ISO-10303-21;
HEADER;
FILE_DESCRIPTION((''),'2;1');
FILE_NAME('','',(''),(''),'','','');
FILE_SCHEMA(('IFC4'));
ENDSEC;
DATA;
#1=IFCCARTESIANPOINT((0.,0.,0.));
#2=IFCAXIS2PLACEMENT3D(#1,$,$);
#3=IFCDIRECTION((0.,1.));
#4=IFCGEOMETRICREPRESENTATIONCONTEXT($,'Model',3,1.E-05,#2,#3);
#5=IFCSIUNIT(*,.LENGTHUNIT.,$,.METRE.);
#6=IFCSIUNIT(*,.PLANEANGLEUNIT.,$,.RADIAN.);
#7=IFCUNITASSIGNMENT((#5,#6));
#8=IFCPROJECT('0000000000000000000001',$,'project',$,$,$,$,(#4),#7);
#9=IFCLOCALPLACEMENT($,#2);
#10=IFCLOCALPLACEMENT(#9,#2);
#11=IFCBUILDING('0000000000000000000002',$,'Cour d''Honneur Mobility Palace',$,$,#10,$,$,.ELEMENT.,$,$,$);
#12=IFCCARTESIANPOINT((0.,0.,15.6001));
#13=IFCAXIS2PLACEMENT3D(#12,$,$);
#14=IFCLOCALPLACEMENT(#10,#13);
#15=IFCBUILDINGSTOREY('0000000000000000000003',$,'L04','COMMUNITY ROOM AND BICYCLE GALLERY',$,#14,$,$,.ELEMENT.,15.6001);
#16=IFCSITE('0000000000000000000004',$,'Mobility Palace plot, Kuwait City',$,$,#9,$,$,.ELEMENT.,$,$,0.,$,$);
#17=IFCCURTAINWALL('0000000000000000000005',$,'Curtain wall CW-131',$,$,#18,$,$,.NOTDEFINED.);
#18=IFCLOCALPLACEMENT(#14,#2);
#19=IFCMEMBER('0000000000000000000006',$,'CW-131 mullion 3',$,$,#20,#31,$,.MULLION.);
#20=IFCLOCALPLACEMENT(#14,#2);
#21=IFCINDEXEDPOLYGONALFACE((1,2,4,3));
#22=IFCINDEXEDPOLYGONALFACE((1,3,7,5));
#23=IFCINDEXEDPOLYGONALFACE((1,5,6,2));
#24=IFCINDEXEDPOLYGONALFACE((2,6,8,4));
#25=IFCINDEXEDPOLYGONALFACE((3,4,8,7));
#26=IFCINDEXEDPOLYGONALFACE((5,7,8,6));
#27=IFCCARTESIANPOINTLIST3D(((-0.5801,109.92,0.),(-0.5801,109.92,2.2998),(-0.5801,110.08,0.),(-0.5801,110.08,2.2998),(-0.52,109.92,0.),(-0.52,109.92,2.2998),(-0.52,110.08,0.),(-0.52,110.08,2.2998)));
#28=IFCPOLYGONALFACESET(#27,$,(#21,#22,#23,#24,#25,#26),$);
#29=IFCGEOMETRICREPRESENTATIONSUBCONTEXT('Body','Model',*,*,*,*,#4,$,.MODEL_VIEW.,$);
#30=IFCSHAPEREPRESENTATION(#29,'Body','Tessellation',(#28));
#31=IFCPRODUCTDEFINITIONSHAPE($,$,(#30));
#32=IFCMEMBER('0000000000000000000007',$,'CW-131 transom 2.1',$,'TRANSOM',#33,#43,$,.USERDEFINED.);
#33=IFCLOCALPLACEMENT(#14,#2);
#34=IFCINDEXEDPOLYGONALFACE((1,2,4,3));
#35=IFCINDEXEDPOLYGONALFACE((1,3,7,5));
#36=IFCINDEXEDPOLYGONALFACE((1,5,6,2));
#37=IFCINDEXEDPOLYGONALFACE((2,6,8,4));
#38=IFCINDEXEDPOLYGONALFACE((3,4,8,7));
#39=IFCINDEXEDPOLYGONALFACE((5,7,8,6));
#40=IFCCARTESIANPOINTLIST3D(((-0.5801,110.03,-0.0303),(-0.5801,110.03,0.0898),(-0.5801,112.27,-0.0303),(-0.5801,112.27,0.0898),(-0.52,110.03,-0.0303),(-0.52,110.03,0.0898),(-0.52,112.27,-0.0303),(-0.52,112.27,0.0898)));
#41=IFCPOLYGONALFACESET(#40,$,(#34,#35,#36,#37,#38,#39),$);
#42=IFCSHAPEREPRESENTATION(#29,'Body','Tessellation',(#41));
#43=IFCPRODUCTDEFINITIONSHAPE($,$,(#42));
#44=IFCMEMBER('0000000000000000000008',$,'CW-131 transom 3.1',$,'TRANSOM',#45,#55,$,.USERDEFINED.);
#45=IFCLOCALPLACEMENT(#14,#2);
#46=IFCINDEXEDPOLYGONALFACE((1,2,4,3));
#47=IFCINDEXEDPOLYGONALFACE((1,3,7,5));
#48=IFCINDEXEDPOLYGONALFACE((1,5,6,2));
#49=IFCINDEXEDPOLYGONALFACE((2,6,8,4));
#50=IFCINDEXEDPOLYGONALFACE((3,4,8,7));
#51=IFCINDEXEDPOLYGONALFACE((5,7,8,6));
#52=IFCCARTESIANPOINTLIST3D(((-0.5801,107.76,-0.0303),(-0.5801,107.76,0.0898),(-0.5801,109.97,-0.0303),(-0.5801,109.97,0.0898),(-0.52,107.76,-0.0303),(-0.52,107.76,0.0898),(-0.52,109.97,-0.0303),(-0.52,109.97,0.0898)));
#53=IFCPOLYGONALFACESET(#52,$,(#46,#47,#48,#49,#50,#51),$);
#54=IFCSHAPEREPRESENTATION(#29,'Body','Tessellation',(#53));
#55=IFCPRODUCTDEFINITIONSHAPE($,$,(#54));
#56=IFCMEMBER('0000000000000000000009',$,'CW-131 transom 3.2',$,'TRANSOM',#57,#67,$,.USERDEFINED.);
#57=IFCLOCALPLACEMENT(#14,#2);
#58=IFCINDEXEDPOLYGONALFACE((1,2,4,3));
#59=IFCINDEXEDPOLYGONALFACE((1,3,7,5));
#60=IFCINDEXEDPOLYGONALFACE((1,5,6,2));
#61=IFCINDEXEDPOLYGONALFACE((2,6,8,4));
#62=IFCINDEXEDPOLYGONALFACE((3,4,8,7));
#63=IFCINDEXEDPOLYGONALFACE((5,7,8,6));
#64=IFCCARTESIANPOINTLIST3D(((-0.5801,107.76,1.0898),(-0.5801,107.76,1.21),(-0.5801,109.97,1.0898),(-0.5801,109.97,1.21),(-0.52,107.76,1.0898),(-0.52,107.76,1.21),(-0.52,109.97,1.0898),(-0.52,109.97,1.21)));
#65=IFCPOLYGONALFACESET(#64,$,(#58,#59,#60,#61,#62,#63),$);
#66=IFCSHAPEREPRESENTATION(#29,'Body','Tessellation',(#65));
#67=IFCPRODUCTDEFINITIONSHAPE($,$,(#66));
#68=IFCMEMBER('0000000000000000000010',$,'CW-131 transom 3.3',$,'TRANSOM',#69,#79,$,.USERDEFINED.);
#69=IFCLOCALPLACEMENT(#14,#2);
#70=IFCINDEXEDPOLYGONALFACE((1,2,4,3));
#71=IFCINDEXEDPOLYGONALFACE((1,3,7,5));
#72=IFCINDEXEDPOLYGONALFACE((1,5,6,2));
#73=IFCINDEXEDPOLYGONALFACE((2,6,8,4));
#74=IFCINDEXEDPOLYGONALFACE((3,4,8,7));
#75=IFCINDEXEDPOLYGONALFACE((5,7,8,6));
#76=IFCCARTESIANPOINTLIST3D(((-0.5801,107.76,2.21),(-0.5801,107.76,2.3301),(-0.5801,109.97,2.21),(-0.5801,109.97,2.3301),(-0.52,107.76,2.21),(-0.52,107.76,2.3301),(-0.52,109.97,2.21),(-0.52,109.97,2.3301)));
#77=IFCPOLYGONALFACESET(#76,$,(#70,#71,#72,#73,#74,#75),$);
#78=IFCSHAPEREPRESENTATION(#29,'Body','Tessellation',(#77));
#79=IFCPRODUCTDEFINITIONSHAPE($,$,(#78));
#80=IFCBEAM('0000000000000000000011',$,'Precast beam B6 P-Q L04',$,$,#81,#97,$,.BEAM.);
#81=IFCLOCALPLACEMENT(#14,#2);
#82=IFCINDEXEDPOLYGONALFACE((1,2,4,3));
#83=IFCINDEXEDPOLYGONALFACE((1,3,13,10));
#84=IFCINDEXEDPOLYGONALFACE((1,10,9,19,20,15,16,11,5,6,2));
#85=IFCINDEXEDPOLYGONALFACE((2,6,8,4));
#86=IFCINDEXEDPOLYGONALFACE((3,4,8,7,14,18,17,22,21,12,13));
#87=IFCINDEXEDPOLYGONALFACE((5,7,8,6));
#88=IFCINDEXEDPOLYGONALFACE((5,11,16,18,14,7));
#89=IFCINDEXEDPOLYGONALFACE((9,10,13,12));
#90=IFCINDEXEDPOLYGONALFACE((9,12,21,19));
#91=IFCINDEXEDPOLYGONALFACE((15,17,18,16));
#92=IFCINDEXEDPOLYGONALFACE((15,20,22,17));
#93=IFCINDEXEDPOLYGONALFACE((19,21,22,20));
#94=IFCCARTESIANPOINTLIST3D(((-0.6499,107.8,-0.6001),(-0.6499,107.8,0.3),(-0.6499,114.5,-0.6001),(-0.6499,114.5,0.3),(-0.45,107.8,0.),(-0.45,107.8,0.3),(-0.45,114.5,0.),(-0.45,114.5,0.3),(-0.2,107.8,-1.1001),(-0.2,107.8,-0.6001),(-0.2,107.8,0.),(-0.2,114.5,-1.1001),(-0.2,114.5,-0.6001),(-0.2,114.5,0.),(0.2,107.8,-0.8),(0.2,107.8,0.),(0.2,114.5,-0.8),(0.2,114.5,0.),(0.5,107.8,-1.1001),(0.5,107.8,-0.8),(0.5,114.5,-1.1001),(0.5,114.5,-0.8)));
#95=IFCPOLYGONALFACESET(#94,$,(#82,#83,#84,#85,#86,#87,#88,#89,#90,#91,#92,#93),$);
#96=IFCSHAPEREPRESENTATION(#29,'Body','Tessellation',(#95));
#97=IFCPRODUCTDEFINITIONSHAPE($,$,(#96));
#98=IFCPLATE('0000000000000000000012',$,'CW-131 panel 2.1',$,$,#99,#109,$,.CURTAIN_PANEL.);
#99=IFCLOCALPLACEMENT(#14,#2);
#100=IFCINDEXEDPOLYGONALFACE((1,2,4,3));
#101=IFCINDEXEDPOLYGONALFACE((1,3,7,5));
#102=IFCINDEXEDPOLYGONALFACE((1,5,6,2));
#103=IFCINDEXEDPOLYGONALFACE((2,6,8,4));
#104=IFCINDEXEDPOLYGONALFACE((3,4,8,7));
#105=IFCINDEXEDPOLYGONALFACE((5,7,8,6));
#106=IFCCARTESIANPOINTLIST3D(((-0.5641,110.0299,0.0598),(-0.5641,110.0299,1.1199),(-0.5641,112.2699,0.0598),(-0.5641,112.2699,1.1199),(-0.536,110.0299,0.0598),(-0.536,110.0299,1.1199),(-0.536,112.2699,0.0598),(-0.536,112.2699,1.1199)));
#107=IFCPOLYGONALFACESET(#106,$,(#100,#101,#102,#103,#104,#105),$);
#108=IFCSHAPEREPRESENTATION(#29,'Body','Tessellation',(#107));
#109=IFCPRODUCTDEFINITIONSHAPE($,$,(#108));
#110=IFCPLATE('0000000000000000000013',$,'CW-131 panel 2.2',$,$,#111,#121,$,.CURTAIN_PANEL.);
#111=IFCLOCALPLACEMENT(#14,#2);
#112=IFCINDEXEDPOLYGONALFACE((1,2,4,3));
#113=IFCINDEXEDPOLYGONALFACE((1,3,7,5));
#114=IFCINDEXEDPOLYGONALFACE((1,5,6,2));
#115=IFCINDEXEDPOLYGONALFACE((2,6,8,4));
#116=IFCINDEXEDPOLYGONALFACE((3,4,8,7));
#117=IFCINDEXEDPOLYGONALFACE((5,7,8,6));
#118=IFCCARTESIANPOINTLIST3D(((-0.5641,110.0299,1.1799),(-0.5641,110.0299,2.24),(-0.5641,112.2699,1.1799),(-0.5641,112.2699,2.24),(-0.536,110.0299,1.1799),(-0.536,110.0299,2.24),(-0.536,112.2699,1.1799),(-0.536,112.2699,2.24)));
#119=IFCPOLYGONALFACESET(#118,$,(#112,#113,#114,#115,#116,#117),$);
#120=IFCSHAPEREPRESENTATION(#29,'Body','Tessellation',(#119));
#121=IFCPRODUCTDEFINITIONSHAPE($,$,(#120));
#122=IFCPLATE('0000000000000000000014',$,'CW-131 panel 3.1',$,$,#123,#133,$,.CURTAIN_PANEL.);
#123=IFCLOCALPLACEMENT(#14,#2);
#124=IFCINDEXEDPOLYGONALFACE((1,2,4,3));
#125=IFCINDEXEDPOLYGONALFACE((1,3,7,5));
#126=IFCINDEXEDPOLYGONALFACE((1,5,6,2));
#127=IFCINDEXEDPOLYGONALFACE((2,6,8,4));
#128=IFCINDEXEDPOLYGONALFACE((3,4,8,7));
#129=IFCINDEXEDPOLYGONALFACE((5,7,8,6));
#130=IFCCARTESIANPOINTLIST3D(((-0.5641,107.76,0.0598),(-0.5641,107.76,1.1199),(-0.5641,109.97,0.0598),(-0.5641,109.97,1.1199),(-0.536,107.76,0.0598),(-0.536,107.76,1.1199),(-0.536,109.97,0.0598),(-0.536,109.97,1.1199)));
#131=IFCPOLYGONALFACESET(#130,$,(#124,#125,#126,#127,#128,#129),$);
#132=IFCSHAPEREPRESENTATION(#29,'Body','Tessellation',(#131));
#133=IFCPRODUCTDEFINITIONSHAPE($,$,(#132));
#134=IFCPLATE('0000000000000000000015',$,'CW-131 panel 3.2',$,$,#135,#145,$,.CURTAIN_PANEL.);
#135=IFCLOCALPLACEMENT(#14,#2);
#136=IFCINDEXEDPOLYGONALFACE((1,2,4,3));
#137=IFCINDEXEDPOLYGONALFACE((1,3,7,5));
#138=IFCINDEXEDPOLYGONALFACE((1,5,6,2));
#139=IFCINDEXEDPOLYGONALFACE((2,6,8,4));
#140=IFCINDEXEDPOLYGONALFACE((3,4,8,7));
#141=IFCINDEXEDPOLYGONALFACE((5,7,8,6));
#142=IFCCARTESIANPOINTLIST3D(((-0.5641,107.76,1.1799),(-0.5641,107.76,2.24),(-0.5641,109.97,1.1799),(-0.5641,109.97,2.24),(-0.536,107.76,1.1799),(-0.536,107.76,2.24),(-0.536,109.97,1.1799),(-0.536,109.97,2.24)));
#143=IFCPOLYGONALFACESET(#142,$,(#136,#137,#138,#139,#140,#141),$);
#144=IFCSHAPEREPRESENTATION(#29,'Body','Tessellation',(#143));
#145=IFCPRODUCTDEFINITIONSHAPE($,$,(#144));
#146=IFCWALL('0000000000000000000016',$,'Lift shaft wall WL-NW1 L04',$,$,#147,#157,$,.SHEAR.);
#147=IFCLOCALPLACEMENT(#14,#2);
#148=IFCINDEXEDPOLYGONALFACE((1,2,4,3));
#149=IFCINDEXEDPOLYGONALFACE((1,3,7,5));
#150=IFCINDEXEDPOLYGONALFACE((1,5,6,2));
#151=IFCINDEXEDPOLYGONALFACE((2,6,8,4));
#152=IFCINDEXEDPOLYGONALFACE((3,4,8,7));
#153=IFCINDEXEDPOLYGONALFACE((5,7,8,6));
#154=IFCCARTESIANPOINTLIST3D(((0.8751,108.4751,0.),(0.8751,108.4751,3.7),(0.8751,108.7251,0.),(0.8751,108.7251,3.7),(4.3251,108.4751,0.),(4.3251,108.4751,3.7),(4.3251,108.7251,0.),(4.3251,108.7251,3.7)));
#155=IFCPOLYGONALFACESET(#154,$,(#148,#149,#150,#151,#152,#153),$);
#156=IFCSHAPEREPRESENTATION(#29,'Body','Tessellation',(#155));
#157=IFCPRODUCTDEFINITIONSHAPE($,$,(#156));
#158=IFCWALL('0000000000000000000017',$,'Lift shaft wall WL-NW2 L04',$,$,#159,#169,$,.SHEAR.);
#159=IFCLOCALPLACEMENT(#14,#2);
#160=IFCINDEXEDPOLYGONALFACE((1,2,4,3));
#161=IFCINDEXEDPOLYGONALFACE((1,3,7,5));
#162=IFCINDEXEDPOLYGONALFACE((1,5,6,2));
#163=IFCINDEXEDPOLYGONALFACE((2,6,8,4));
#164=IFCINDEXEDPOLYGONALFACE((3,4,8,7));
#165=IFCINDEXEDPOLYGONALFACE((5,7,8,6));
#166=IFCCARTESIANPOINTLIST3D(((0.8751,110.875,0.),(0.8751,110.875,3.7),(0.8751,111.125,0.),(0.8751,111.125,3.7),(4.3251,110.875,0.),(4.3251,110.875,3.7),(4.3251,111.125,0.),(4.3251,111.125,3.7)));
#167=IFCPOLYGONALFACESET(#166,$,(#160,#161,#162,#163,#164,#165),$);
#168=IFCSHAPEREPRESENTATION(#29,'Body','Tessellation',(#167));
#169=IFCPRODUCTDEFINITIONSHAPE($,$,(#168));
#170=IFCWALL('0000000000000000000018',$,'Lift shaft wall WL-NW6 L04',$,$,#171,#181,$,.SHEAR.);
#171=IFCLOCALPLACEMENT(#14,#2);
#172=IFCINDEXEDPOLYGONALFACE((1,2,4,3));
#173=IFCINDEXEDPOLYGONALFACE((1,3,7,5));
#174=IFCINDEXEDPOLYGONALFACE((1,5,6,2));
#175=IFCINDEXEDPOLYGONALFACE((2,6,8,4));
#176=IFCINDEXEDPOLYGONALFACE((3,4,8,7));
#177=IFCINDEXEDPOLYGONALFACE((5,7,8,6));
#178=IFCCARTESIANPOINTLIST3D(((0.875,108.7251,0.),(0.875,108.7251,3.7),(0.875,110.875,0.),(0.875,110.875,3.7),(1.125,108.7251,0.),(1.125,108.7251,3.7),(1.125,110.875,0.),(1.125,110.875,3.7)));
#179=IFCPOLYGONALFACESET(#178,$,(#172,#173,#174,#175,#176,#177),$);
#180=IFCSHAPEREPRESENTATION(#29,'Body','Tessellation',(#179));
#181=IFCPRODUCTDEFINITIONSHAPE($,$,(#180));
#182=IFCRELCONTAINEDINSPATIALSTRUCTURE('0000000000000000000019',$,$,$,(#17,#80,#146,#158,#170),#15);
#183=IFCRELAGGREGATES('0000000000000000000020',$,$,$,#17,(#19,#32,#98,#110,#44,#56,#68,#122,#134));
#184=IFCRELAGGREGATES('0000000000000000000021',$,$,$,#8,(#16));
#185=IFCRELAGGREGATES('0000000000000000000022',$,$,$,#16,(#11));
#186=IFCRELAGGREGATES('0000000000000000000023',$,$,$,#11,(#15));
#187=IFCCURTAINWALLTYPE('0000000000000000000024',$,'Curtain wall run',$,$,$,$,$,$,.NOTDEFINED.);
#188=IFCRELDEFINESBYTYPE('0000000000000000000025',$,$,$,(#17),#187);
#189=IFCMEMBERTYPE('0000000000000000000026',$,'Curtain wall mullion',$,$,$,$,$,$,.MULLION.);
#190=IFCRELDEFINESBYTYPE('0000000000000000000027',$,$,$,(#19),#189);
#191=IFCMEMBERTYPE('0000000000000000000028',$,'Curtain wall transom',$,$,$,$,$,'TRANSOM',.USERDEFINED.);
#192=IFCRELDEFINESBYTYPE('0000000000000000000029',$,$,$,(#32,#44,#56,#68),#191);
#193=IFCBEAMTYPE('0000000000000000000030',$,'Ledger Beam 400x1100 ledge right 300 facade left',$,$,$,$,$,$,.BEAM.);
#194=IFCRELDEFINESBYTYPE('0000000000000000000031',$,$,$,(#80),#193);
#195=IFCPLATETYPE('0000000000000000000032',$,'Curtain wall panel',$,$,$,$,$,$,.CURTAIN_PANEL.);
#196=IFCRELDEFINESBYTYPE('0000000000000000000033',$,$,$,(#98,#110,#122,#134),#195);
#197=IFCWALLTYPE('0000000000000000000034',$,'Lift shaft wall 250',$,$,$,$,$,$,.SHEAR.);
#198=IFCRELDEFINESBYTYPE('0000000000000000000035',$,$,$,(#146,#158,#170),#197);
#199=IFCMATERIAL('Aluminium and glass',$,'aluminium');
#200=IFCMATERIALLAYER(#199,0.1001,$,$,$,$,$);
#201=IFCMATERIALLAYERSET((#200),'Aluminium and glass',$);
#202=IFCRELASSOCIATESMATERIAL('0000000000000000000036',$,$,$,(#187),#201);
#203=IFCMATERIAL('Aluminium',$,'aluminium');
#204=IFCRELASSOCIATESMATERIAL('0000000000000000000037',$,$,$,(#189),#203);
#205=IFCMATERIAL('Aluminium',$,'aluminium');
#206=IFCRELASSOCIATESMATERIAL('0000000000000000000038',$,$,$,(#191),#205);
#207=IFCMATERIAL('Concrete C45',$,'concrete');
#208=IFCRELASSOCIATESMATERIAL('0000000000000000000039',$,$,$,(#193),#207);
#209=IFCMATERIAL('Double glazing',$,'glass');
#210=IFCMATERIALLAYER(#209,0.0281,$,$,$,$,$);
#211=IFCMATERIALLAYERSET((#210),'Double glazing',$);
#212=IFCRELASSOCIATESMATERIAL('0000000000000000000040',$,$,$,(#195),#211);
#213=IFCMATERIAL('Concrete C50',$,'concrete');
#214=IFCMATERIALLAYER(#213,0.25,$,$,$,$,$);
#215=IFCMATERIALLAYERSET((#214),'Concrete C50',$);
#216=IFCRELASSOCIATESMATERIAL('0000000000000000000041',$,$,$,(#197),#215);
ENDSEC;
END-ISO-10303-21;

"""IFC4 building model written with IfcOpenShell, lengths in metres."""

from ifc_helpers import new_model, si_unit, direction, frame, frame_2d, origin, origin_2d, place, context, subcontext, project, spatial, polyline, rectangle, outline, extrude, material, layer, layer_set, material_profile, profile_set, type_object, element, aggregate, save


model = new_model("IFC4")

# Units and contexts
model_context = context("Model", 3, precision=1e-05, world=origin(), true_north=direction((0.0, 1.0)))
body_context = subcontext(model_context, "Body", "Model", "MODEL_VIEW")
ifc_project = project(units=[si_unit("LENGTHUNIT", "METRE"), si_unit("PLANEANGLEUNIT", "RADIAN")], contexts=[model_context])

# Site, building, storey
site_placement = place(None, origin())
site = spatial("IfcSite", under=ifc_project, at=site_placement, Name="Mobility Palace plot, Kuwait City", CompositionType="ELEMENT", RefElevation=0.0)
building_placement = place(site_placement, origin())
building = spatial("IfcBuilding", under=site, at=building_placement, Name="Cour d'Honneur Mobility Palace", CompositionType="ELEMENT")
storey_placement = place(building_placement, frame((0.0, 0.0, 15.6001)))
storey = spatial("IfcBuildingStorey", under=building, at=storey_placement, Name="L04", Description="COMMUNITY ROOM AND BICYCLE GALLERY", CompositionType="ELEMENT", Elevation=15.6001)

# Curtain wall, members
ifc_material_1 = material(Name="Aluminium and glass", Category="aluminium")
ifc_layer_1 = layer(ifc_material_1, 0.1001)
ifc_layer_set_1 = layer_set([ifc_layer_1], Name="Aluminium and glass")
curtain_wall_type = type_object("IfcCurtainWallType", Name="Curtain wall run", PredefinedType="NOTDEFINED", material=ifc_layer_set_1)
curtain_wall_placement = place(storey_placement, origin())
curtain_wall = element("IfcCurtainWall", 1, at=curtain_wall_placement, inside=storey, type_object=curtain_wall_type, Name="Curtain wall CW-131", PredefinedType="NOTDEFINED")
ifc_material_2 = material(Name="Aluminium", Category="aluminium")
ifc_material_profile_1 = material_profile(ifc_material_2, rectangle(XDim=0.0601, YDim=0.1599, at=origin_2d()), Name="Curtain wall mullion")
ifc_profile_set_1 = profile_set([ifc_material_profile_1], Name="Aluminium")
member_type_1 = type_object("IfcMemberType", Name="Curtain wall mullion", PredefinedType="MULLION", material=ifc_profile_set_1)
member_1_placement = place(storey_placement, frame((-0.55, 110.0, 0.0), z_axis=(0.0, 0.0, 1.0), x_axis=(1.0, 0.0, 0.0)))
member_1 = element("IfcMember", 2, at=member_1_placement, type_object=member_type_1, Name="CW-131 mullion 3", PredefinedType="MULLION", context=body_context, shape_type="SweptSolid", body=[
    extrude(rectangle(XDim=0.0601, YDim=0.1599, at=origin_2d()), origin(), (0.0, 0.0, 1.0), 2.2998),
])
ifc_material_3 = material(Name="Aluminium", Category="aluminium")
ifc_material_profile_2 = material_profile(ifc_material_3, rectangle(XDim=0.0601, YDim=0.1201, at=origin_2d()), Name="Curtain wall transom")
ifc_profile_set_2 = profile_set([ifc_material_profile_2], Name="Aluminium")
member_type_2 = type_object("IfcMemberType", Name="Curtain wall transom", ElementType="TRANSOM", PredefinedType="USERDEFINED", material=ifc_profile_set_2)
member_2_placement = place(storey_placement, frame((-0.55, 112.27, 0.0298), z_axis=(0.0, -1.0, 0.0), x_axis=(1.0, 0.0, 0.0)))
member_2 = element("IfcMember", 3, at=member_2_placement, type_object=member_type_2, Name="CW-131 transom 2.1", ObjectType="TRANSOM", PredefinedType="USERDEFINED", context=body_context, shape_type="SweptSolid", body=[
    extrude(rectangle(XDim=0.0601, YDim=0.1201, at=origin_2d()), origin(), (0.0, 0.0, 1.0), 2.24),
])
member_3_placement = place(storey_placement, frame((-0.55, 109.97, 0.0298), z_axis=(0.0, -1.0, 0.0), x_axis=(1.0, 0.0, 0.0)))
member_3 = element("IfcMember", 4, at=member_3_placement, type_object=member_type_2, Name="CW-131 transom 3.1", ObjectType="TRANSOM", PredefinedType="USERDEFINED", context=body_context, shape_type="SweptSolid", body=[
    extrude(rectangle(XDim=0.0601, YDim=0.1201, at=origin_2d()), origin(), (0.0, 0.0, 1.0), 2.21),
])
member_4_placement = place(storey_placement, frame((-0.55, 109.97, 1.1499), z_axis=(0.0, -1.0, 0.0), x_axis=(1.0, 0.0, 0.0)))
member_4 = element("IfcMember", 5, at=member_4_placement, type_object=member_type_2, Name="CW-131 transom 3.2", ObjectType="TRANSOM", PredefinedType="USERDEFINED", context=body_context, shape_type="SweptSolid", body=[
    extrude(rectangle(XDim=0.0601, YDim=0.1201, at=origin_2d()), origin(), (0.0, 0.0, 1.0), 2.21),
])
member_5_placement = place(storey_placement, frame((-0.55, 109.97, 2.27), z_axis=(0.0, -1.0, 0.0), x_axis=(1.0, 0.0, 0.0)))
member_5 = element("IfcMember", 6, at=member_5_placement, type_object=member_type_2, Name="CW-131 transom 3.3", ObjectType="TRANSOM", PredefinedType="USERDEFINED", context=body_context, shape_type="SweptSolid", body=[
    extrude(rectangle(XDim=0.0601, YDim=0.1201, at=origin_2d()), origin(), (0.0, 0.0, 1.0), 2.21),
])

# Beam
ifc_material_4 = material(Name="Concrete C45", Category="concrete")
ifc_material_profile_3 = material_profile(ifc_material_4, outline(polyline([(0.2, -1.1001), (0.2, -0.6001), (0.6499, -0.6001), (0.6499, 0.3), (0.45, 0.3), (0.45, 0.0), (0.2, 0.0), (-0.2, 0.0), (-0.2, -0.8), (-0.5, -0.8), (-0.5, -1.1001), (0.2, -1.1001)])), Name="Ledger Beam 400x1100 ledge right 300 facade left")
ifc_profile_set_3 = profile_set([ifc_material_profile_3], Name="Concrete C45")
beam_type = type_object("IfcBeamType", Name="Ledger Beam 400x1100 ledge right 300 facade left", PredefinedType="BEAM", material=ifc_profile_set_3)
beam_placement = place(storey_placement, frame((0.0, 107.8, 0.0), z_axis=(0.0, 1.0, 0.0), x_axis=(-1.0, 0.0, 0.0)))
element("IfcBeam", 7, at=beam_placement, inside=storey, type_object=beam_type, Name="Precast beam B6 P-Q L04", PredefinedType="BEAM", context=body_context, shape_type="SweptSolid", body=[
    extrude(outline(polyline([(0.2, -1.1001), (0.2, -0.6001), (0.6499, -0.6001), (0.6499, 0.3), (0.45, 0.3), (0.45, 0.0), (0.2, 0.0), (-0.2, 0.0), (-0.2, -0.8), (-0.5, -0.8), (-0.5, -1.1001), (0.2, -1.1001)])), origin(), (0.0, 0.0, 1.0), 6.7),
])

# Plates
ifc_material_5 = material(Name="Double glazing", Category="glass")
ifc_layer_2 = layer(ifc_material_5, 0.0281)
ifc_layer_set_2 = layer_set([ifc_layer_2], Name="Double glazing")
plate_type = type_object("IfcPlateType", Name="Curtain wall panel", PredefinedType="CURTAIN_PANEL", material=ifc_layer_set_2)
plate_1_placement = place(storey_placement, frame((-0.55, 111.1499, 0.0598), z_axis=(0.0, 0.0, 1.0), x_axis=(0.0, -1.0, 0.0)))
plate_1 = element("IfcPlate", 8, at=plate_1_placement, type_object=plate_type, Name="CW-131 panel 2.1", PredefinedType="CURTAIN_PANEL", context=body_context, shape_type="SweptSolid", body=[
    extrude(rectangle(XDim=2.24, YDim=0.0281, at=origin_2d()), origin(), (0.0, 0.0, 1.0), 1.0601),
])
plate_2_placement = place(storey_placement, frame((-0.55, 111.1499, 1.1799), z_axis=(0.0, 0.0, 1.0), x_axis=(0.0, -1.0, 0.0)))
plate_2 = element("IfcPlate", 9, at=plate_2_placement, type_object=plate_type, Name="CW-131 panel 2.2", PredefinedType="CURTAIN_PANEL", context=body_context, shape_type="SweptSolid", body=[
    extrude(rectangle(XDim=2.24, YDim=0.0281, at=origin_2d()), origin(), (0.0, 0.0, 1.0), 1.0601),
])
plate_3_placement = place(storey_placement, frame((-0.55, 108.865, 0.0598), z_axis=(0.0, 0.0, 1.0), x_axis=(0.0, -1.0, 0.0)))
plate_3 = element("IfcPlate", 10, at=plate_3_placement, type_object=plate_type, Name="CW-131 panel 3.1", PredefinedType="CURTAIN_PANEL", context=body_context, shape_type="SweptSolid", body=[
    extrude(rectangle(XDim=2.21, YDim=0.0281, at=origin_2d()), origin(), (0.0, 0.0, 1.0), 1.0601),
])
plate_4_placement = place(storey_placement, frame((-0.55, 108.865, 1.1799), z_axis=(0.0, 0.0, 1.0), x_axis=(0.0, -1.0, 0.0)))
plate_4 = element("IfcPlate", 11, at=plate_4_placement, type_object=plate_type, Name="CW-131 panel 3.2", PredefinedType="CURTAIN_PANEL", context=body_context, shape_type="SweptSolid", body=[
    extrude(rectangle(XDim=2.21, YDim=0.0281, at=origin_2d()), origin(), (0.0, 0.0, 1.0), 1.0601),
])
aggregate(curtain_wall, [member_1, member_2, plate_1, plate_2, member_3, member_4, member_5, plate_3, plate_4])

# Walls
ifc_material_6 = material(Name="Concrete C50", Category="concrete")
ifc_layer_3 = layer(ifc_material_6, 0.25)
ifc_layer_set_3 = layer_set([ifc_layer_3], Name="Concrete C50")
wall_type_1 = type_object("IfcWallType", Name="Lift shaft wall 250", PredefinedType="SHEAR", material=ifc_layer_set_3)
for number, where, z_axis, x_axis, name in (
    (12, (0.875, 108.6001, 0.0), (0.0, 0.0, 1.0), (1.0, 0.0, 0.0), "Lift shaft wall WL-NW1 L04"),
    (13, (0.875, 111.0, 0.0), (0.0, 0.0, 1.0), (1.0, 0.0, 0.0), "Lift shaft wall WL-NW2 L04"),
):
    element("IfcWall", number, at=place(storey_placement, frame(where, z_axis=z_axis, x_axis=x_axis)), inside=storey, type_object=wall_type_1, Name=name, PredefinedType="SHEAR", context=body_context, shape_type="SweptSolid", body=[
        extrude(rectangle(XDim=3.45, YDim=0.25, at=frame_2d((1.7251, 0.0))), origin(), (0.0, 0.0, 1.0), 3.7),
    ])
wall_1_placement = place(storey_placement, frame((1.0, 108.7251, 0.0), z_axis=(0.0, 0.0, 1.0), x_axis=(0.0, 1.0, 0.0)))
element("IfcWall", 14, at=wall_1_placement, inside=storey, type_object=wall_type_1, Name="Lift shaft wall WL-NW6 L04", PredefinedType="SHEAR", context=body_context, shape_type="SweptSolid", body=[
    extrude(rectangle(XDim=2.1499, YDim=0.25, at=frame_2d((1.075, 0.0))), origin(), (0.0, 0.0, 1.0), 3.7),
])

save(model, "model.ifc")
